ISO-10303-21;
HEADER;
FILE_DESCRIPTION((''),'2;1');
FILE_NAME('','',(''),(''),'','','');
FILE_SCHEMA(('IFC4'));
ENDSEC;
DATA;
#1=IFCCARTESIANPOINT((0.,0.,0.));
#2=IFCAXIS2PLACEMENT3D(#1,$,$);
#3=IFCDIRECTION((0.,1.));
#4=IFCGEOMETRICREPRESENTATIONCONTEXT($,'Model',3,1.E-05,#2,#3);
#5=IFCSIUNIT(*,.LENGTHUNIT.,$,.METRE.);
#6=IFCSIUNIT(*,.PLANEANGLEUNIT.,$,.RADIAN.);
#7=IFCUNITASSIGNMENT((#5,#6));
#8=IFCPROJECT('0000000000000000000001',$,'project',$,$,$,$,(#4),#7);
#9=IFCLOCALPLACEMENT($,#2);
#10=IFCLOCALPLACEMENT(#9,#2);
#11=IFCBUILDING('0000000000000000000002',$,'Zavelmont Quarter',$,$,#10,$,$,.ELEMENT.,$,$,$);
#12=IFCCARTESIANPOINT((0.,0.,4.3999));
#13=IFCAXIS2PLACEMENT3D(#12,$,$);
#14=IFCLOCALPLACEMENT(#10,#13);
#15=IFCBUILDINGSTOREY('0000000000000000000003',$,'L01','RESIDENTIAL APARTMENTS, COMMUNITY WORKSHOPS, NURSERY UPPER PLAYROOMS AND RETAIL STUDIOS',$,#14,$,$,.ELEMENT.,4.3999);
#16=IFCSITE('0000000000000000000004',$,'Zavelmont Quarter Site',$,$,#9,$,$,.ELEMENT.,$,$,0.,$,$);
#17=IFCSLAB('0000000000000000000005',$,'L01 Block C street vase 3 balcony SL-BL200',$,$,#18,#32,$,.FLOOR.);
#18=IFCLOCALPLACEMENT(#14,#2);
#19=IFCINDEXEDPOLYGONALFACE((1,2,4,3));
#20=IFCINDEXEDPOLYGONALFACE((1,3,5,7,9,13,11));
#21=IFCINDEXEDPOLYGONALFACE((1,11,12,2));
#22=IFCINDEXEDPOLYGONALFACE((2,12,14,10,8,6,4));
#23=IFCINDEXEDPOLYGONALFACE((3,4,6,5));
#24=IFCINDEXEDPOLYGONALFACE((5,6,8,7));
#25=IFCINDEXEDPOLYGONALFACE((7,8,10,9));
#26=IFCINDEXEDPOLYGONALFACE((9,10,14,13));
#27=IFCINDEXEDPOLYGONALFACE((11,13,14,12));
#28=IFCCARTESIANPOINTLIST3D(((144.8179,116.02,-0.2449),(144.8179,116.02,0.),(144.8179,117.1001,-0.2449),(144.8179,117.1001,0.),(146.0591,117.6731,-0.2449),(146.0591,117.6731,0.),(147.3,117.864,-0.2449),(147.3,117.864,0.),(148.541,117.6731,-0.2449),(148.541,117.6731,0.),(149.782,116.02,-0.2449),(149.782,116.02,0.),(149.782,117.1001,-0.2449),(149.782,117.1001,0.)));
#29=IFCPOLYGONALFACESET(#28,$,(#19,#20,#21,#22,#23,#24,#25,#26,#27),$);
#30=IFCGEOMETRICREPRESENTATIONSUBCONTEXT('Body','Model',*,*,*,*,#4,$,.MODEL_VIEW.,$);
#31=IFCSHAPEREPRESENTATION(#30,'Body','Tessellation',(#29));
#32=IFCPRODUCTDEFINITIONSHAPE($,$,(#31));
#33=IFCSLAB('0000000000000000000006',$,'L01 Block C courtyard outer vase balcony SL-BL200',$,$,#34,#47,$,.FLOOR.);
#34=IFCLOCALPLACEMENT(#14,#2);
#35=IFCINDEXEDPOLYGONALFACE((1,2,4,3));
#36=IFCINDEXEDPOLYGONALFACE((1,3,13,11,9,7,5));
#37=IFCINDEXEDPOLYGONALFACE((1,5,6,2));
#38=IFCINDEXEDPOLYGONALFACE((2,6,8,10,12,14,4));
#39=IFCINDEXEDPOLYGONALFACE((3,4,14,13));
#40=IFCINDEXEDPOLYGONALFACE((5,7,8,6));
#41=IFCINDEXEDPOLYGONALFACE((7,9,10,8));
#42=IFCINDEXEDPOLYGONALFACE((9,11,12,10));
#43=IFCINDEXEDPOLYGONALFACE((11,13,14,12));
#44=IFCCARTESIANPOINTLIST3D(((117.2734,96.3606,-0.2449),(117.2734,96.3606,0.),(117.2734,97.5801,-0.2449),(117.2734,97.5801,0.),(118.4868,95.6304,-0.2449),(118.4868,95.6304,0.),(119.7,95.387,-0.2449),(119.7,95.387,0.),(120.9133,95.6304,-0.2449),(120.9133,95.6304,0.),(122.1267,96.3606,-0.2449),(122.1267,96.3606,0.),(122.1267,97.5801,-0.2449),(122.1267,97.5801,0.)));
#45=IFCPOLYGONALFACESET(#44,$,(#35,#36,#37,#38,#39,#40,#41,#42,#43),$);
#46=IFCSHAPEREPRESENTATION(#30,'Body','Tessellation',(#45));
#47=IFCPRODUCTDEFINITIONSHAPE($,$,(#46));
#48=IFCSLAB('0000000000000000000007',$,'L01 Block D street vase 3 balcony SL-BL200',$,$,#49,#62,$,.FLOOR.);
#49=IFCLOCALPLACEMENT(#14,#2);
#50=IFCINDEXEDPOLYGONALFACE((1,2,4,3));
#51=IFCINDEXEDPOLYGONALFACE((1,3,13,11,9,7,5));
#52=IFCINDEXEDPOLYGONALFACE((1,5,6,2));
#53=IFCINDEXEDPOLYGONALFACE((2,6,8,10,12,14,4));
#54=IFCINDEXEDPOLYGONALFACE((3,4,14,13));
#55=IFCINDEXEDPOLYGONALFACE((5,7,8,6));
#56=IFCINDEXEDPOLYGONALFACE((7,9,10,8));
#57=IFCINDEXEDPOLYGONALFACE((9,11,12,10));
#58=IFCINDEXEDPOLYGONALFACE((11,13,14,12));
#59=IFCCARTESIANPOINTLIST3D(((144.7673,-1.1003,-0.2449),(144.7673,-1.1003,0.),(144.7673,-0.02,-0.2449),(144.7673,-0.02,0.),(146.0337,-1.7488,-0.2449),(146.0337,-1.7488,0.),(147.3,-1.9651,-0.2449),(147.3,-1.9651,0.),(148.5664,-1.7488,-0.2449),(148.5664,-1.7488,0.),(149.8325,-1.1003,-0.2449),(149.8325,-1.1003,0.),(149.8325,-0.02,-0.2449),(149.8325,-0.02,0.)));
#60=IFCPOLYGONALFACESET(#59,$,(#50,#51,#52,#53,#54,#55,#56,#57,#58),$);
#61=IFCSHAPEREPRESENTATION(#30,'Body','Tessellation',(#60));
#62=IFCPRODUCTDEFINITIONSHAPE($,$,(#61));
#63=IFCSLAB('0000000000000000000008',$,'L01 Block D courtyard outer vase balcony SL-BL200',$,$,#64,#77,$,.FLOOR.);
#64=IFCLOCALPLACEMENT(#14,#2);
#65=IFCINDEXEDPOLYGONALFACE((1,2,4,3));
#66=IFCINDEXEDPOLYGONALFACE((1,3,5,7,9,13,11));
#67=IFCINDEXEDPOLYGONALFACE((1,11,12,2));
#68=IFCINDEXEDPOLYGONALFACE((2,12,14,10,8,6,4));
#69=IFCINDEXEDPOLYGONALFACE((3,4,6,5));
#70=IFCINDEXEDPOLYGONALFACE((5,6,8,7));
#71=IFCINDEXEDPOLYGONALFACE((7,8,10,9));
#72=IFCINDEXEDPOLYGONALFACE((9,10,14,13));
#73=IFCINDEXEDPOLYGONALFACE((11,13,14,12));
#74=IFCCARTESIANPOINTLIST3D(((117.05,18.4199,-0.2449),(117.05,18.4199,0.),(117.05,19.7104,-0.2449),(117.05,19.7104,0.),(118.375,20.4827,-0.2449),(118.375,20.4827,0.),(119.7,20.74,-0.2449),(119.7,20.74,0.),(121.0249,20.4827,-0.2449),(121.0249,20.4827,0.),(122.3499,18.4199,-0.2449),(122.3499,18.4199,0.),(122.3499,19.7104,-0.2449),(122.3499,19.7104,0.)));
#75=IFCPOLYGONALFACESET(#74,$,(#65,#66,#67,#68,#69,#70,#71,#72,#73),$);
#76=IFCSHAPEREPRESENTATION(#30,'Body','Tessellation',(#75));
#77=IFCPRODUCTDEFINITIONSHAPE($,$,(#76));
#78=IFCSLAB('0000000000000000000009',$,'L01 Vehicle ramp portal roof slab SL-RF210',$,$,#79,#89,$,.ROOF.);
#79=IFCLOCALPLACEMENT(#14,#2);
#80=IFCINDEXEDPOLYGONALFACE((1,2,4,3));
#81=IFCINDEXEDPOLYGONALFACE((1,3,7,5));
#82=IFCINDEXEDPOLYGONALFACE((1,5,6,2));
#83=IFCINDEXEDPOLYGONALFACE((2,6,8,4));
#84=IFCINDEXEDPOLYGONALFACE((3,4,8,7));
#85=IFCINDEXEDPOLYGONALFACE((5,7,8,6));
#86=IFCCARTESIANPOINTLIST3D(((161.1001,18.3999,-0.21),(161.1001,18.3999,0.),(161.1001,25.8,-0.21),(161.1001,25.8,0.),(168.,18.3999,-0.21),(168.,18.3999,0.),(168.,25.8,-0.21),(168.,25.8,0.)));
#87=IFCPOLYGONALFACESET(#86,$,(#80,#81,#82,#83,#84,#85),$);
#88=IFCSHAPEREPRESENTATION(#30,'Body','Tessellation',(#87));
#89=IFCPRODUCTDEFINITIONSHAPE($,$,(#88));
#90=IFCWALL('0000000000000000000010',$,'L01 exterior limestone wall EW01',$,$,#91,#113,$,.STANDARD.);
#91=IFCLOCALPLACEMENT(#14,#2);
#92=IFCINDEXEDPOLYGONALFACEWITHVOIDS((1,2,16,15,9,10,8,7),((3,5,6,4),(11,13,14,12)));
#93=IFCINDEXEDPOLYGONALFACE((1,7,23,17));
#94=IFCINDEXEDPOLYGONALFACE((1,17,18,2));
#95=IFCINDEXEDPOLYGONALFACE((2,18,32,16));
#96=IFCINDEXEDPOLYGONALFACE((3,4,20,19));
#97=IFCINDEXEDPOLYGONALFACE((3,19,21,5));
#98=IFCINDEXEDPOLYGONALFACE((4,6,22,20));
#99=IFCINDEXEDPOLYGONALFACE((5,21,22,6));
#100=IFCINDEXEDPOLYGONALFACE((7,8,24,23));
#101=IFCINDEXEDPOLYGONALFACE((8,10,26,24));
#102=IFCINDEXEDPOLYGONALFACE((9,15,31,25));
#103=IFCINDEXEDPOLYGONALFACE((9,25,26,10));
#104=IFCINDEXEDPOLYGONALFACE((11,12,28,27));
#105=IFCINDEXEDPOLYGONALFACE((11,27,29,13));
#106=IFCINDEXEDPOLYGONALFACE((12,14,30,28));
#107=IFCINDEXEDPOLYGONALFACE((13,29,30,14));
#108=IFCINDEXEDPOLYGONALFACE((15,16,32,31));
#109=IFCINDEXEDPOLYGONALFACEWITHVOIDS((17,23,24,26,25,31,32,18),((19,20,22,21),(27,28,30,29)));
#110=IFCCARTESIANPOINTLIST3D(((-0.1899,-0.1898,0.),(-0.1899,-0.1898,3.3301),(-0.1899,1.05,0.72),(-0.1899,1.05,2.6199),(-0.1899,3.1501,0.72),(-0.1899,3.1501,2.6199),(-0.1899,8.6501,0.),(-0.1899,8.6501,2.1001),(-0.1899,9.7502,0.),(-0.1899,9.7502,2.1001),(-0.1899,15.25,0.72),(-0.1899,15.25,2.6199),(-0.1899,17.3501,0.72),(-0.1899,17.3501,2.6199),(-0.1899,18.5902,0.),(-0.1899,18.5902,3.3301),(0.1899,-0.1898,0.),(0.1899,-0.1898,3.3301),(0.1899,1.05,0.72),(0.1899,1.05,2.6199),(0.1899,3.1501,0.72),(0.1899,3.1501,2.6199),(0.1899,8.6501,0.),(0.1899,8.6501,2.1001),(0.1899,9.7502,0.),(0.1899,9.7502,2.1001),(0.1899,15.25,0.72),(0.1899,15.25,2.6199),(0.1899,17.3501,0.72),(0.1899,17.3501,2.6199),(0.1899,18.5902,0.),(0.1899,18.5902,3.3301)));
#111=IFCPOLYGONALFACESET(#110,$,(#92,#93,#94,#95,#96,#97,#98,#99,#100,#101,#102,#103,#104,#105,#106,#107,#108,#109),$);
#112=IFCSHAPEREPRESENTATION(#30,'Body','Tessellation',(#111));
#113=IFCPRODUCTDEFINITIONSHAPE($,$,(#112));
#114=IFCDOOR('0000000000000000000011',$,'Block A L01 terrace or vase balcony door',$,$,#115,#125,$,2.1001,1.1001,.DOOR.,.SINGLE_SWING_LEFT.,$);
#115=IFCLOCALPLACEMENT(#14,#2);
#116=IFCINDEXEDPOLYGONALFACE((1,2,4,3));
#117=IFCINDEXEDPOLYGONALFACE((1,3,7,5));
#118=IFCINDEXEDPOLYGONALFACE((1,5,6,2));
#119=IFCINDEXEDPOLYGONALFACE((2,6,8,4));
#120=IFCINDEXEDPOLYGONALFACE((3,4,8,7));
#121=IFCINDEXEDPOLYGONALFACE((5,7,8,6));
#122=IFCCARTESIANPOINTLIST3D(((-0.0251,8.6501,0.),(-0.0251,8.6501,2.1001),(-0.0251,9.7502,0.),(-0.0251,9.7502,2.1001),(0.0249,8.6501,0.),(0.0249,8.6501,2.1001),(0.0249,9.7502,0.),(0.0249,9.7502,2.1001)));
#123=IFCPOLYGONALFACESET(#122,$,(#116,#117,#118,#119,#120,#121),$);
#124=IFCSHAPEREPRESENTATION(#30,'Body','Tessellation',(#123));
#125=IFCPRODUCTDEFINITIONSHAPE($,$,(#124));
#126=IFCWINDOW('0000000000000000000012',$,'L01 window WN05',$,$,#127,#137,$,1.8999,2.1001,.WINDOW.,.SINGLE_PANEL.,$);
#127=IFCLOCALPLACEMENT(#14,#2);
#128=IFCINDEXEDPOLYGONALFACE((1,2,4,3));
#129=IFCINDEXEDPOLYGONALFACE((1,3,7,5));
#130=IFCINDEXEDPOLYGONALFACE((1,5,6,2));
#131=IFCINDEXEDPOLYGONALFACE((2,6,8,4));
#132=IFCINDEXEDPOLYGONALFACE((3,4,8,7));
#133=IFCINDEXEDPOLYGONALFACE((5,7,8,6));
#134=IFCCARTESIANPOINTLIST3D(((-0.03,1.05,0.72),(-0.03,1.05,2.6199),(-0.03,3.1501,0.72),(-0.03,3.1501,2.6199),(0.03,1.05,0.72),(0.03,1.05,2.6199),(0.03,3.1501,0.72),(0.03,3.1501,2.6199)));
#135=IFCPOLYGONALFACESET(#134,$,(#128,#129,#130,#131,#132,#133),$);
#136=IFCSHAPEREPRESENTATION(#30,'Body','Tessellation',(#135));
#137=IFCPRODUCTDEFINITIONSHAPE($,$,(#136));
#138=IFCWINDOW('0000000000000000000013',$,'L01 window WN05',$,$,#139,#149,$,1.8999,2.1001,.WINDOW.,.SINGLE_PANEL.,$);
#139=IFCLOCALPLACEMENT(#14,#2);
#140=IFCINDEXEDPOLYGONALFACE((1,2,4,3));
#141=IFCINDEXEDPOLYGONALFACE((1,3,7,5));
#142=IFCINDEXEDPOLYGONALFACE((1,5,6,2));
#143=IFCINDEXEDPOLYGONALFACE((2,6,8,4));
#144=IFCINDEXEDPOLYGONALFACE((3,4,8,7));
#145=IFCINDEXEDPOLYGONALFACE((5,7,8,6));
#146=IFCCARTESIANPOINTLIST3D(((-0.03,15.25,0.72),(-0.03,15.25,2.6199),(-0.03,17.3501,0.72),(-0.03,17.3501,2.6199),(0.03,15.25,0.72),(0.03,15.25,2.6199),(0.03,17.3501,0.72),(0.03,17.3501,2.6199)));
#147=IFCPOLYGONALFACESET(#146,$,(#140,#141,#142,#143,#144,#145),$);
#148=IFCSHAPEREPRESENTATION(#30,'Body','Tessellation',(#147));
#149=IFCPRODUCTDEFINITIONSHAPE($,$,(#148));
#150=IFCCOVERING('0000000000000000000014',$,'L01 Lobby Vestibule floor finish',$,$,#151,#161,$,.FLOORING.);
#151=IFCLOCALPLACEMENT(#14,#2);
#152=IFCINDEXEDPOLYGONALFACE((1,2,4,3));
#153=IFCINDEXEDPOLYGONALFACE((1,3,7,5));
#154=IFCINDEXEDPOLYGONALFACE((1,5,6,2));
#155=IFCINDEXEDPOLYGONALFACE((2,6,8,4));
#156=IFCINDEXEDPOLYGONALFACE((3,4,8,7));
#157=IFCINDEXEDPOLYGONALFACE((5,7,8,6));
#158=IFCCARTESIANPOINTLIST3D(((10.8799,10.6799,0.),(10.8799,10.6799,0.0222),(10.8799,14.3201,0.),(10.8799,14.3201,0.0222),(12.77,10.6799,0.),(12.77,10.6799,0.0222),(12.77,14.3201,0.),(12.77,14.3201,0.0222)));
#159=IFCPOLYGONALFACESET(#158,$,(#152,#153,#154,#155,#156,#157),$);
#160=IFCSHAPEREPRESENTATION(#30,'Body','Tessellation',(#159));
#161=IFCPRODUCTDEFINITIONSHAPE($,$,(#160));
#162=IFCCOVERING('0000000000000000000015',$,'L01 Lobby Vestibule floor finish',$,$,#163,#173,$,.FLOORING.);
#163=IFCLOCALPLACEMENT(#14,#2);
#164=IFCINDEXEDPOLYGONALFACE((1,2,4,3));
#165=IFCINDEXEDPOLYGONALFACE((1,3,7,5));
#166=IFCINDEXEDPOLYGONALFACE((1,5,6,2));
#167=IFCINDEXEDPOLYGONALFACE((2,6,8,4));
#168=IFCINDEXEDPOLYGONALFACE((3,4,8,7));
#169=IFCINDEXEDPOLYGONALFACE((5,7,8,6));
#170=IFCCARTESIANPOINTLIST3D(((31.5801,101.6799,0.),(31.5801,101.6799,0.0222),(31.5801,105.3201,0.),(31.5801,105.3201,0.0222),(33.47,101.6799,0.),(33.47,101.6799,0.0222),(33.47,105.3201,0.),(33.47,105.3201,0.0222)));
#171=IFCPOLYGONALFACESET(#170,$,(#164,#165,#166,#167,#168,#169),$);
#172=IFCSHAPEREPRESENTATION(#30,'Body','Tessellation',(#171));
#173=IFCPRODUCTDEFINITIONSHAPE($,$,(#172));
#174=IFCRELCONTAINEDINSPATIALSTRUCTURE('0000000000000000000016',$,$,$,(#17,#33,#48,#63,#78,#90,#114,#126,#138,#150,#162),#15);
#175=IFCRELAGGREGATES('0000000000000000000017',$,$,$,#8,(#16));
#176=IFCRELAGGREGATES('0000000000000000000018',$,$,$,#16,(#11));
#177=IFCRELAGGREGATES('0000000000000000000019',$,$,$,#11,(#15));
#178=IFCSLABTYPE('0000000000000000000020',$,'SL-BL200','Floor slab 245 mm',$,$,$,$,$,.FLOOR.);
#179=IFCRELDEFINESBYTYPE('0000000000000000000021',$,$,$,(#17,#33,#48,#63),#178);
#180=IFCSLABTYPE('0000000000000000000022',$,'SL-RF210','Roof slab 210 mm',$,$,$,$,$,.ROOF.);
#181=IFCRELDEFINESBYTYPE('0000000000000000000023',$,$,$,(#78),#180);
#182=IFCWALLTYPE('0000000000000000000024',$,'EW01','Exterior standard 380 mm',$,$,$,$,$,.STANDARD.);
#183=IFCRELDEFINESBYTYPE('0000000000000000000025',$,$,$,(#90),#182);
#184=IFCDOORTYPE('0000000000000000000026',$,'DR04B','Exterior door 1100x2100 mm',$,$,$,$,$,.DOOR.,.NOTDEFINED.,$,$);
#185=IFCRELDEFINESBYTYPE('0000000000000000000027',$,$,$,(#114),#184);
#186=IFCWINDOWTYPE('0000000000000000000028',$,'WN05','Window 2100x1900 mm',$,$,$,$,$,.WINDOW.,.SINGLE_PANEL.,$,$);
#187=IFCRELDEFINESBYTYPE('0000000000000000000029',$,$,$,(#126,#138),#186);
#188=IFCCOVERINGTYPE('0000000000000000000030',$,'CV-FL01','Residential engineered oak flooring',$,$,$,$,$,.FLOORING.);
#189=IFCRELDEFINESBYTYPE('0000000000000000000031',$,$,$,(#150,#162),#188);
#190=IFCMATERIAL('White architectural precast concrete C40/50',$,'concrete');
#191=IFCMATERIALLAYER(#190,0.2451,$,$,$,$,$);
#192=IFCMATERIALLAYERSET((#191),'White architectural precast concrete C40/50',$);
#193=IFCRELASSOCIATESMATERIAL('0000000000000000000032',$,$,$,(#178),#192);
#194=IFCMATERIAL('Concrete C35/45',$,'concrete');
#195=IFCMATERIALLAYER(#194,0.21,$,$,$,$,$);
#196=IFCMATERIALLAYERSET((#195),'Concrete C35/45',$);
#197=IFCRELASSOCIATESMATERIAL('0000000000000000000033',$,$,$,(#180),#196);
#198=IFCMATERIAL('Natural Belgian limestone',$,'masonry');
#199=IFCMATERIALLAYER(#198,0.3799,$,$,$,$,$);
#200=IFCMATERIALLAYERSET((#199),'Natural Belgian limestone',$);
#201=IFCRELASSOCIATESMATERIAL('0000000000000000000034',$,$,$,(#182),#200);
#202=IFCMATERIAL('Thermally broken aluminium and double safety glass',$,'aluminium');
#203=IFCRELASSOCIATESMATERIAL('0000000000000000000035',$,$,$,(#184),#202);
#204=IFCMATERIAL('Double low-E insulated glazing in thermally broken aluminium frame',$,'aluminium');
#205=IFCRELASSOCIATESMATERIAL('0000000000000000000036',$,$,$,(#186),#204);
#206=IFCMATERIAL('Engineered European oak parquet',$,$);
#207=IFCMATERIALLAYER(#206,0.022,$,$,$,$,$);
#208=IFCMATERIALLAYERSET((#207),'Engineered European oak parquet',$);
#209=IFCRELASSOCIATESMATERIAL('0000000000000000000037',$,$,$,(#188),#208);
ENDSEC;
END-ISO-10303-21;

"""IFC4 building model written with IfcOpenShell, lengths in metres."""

from ifc_helpers import new_model, si_unit, direction, frame, frame_2d, origin, origin_with_axes, place, context, subcontext, project, spatial, polyline, rectangle, outline, extrude, material, layer, layer_set, type_object, element, fill, save


model = new_model("IFC4")

# Units and contexts
model_context = context("Model", 3, precision=1e-05, world=origin(), true_north=direction((0.0, 1.0)))
body_context = subcontext(model_context, "Body", "Model", "MODEL_VIEW")
ifc_project = project(units=[si_unit("LENGTHUNIT", "METRE"), si_unit("PLANEANGLEUNIT", "RADIAN")], contexts=[model_context])

# Site, building, storey
site_placement = place(None, origin())
site = spatial("IfcSite", under=ifc_project, at=site_placement, Name="Zavelmont Quarter Site", CompositionType="ELEMENT", RefElevation=0.0)
building_placement = place(site_placement, origin())
building = spatial("IfcBuilding", under=site, at=building_placement, Name="Zavelmont Quarter", CompositionType="ELEMENT")
storey_placement = place(building_placement, frame((0.0, 0.0, 4.3999)))
storey = spatial("IfcBuildingStorey", under=building, at=storey_placement, Name="L01", Description="RESIDENTIAL APARTMENTS, COMMUNITY WORKSHOPS, NURSERY UPPER PLAYROOMS AND RETAIL STUDIOS", CompositionType="ELEMENT", Elevation=4.3999)

# Slabs
ifc_material_1 = material(Name="White architectural precast concrete C40/50", Category="concrete")
ifc_layer_1 = layer(ifc_material_1, 0.2451)
ifc_layer_set_1 = layer_set([ifc_layer_1], Name="White architectural precast concrete C40/50")
slab_type_1 = type_object("IfcSlabType", Name="SL-BL200", Description="Floor slab 245 mm", PredefinedType="FLOOR", material=ifc_layer_set_1)
slab_1_placement = place(storey_placement, frame((0.0, 0.0, -0.2449)))
element("IfcSlab", 1, at=slab_1_placement, inside=storey, type_object=slab_type_1, Name="L01 Block C street vase 3 balcony SL-BL200", PredefinedType="FLOOR", context=body_context, shape_type="SweptSolid", body=[
    extrude(outline(polyline([(149.782, 116.02), (149.782, 117.1001), (148.541, 117.6731), (147.3, 117.864), (146.0591, 117.6731), (144.8179, 117.1001), (144.8179, 116.02), (149.782, 116.02)])), origin(), (0.0, 0.0, 1.0), 0.2449),
])
slab_2_placement = place(storey_placement, frame((0.0, 0.0, -0.2449)))
element("IfcSlab", 2, at=slab_2_placement, inside=storey, type_object=slab_type_1, Name="L01 Block C courtyard outer vase balcony SL-BL200", PredefinedType="FLOOR", context=body_context, shape_type="SweptSolid", body=[
    extrude(outline(polyline([(117.2734, 97.5801), (117.2734, 96.3606), (118.4868, 95.6304), (119.7, 95.387), (120.9133, 95.6304), (122.1267, 96.3606), (122.1267, 97.5801), (117.2734, 97.5801)])), origin(), (0.0, 0.0, 1.0), 0.2449),
])
slab_3_placement = place(storey_placement, frame((0.0, 0.0, -0.2449)))
element("IfcSlab", 3, at=slab_3_placement, inside=storey, type_object=slab_type_1, Name="L01 Block D street vase 3 balcony SL-BL200", PredefinedType="FLOOR", context=body_context, shape_type="SweptSolid", body=[
    extrude(outline(polyline([(144.7673, -0.02), (144.7673, -1.1003), (146.0337, -1.7488), (147.3, -1.9651), (148.5664, -1.7488), (149.8325, -1.1003), (149.8325, -0.02), (144.7673, -0.02)])), origin(), (0.0, 0.0, 1.0), 0.2449),
])
slab_4_placement = place(storey_placement, frame((0.0, 0.0, -0.2449)))
element("IfcSlab", 4, at=slab_4_placement, inside=storey, type_object=slab_type_1, Name="L01 Block D courtyard outer vase balcony SL-BL200", PredefinedType="FLOOR", context=body_context, shape_type="SweptSolid", body=[
    extrude(outline(polyline([(122.3499, 18.4199), (122.3499, 19.7104), (121.0249, 20.4827), (119.7, 20.74), (118.375, 20.4827), (117.05, 19.7104), (117.05, 18.4199), (122.3499, 18.4199)])), origin(), (0.0, 0.0, 1.0), 0.2449),
])
ifc_material_2 = material(Name="Concrete C35/45", Category="concrete")
ifc_layer_2 = layer(ifc_material_2, 0.21)
ifc_layer_set_2 = layer_set([ifc_layer_2], Name="Concrete C35/45")
slab_type_2 = type_object("IfcSlabType", Name="SL-RF210", Description="Roof slab 210 mm", PredefinedType="ROOF", material=ifc_layer_set_2)
slab_5_placement = place(storey_placement, frame((0.0, 0.0, -0.21)))
element("IfcSlab", 5, at=slab_5_placement, inside=storey, type_object=slab_type_2, Name="L01 Vehicle ramp portal roof slab SL-RF210", PredefinedType="ROOF", context=body_context, shape_type="SweptSolid", body=[
    extrude(outline(polyline([(161.1001, 18.3999), (168.0, 18.3999), (168.0, 25.8), (161.1001, 25.8), (161.1001, 18.3999)])), origin(), (0.0, 0.0, 1.0), 0.21),
])

# Wall, openings, door, windows
ifc_material_3 = material(Name="Natural Belgian limestone", Category="masonry")
ifc_layer_3 = layer(ifc_material_3, 0.3799)
ifc_layer_set_3 = layer_set([ifc_layer_3], Name="Natural Belgian limestone")
wall_type = type_object("IfcWallType", Name="EW01", Description="Exterior standard 380 mm", PredefinedType="STANDARD", material=ifc_layer_set_3)
wall_placement = place(storey_placement, frame((0.0, -0.1899, 0.0), z_axis=(0.0, 0.0, 1.0), x_axis=(0.0, 1.0, 0.0)))
wall = element("IfcWall", 6, at=wall_placement, inside=storey, type_object=wall_type, Name="L01 exterior limestone wall EW01", PredefinedType="STANDARD", context=body_context, shape_type="SweptSolid", body=[
    extrude(rectangle(XDim=18.78, YDim=0.3799, at=frame_2d((9.3901, 0.0))), origin(), (0.0, 0.0, 1.0), 3.3301),
])
opening_1_placement = place(wall_placement, frame((8.8401, 0.0, 0.0)))
opening_1 = element("IfcOpeningElement", 7, at=opening_1_placement, cuts=wall, PredefinedType="OPENING", context=body_context, shape_type="SweptSolid", body=[
    extrude(rectangle(XDim=1.1001, YDim=2.1001, at=frame_2d((0.55, 1.05))), frame((0.0, 0.2019, 0.0), z_axis=(0.0, -1.0, 0.0), x_axis=(1.0, 0.0, 0.0)), (0.0, 0.0, 1.0), 0.4038),
])
opening_2_placement = place(wall_placement, frame((1.24, 0.0, 0.72)))
opening_2 = element("IfcOpeningElement", 8, at=opening_2_placement, cuts=wall, PredefinedType="OPENING", context=body_context, shape_type="SweptSolid", body=[
    extrude(rectangle(XDim=2.1001, YDim=1.8999, at=frame_2d((1.05, 0.95))), frame((0.0, 0.2019, 0.0), z_axis=(0.0, -1.0, 0.0), x_axis=(1.0, 0.0, 0.0)), (0.0, 0.0, 1.0), 0.4038),
])
opening_3_placement = place(wall_placement, frame((15.4399, 0.0, 0.72)))
opening_3 = element("IfcOpeningElement", 9, at=opening_3_placement, cuts=wall, PredefinedType="OPENING", context=body_context, shape_type="SweptSolid", body=[
    extrude(rectangle(XDim=2.1001, YDim=1.8999, at=frame_2d((1.05, 0.95))), frame((0.0, 0.2019, 0.0), z_axis=(0.0, -1.0, 0.0), x_axis=(1.0, 0.0, 0.0)), (0.0, 0.0, 1.0), 0.4038),
])
ifc_material_4 = material(Name="Thermally broken aluminium and double safety glass", Category="aluminium")
door_type = type_object("IfcDoorType", Name="DR04B", Description="Exterior door 1100x2100 mm", OperationType="NOTDEFINED", PredefinedType="DOOR", material=ifc_material_4)
door_placement = place(opening_1_placement, frame((1.1001, 0.0, 0.0), z_axis=(0.0, 0.0, 1.0), x_axis=(-1.0, 0.0, 0.0)))
door = element("IfcDoor", 10, at=door_placement, inside=storey, type_object=door_type, Name="Block A L01 terrace or vase balcony door", OperationType="SINGLE_SWING_LEFT", OverallHeight=2.1001, OverallWidth=1.1001, PredefinedType="DOOR", context=body_context, shape_type="SweptSolid", body=[
    extrude(rectangle(XDim=1.1001, YDim=2.1001, at=frame_2d((0.55, 1.05))), frame((0.0, 0.0249, 0.0), z_axis=(0.0, -1.0, 0.0), x_axis=(1.0, 0.0, 0.0)), (0.0, 0.0, 1.0), 0.05),
])
fill(opening_1, door)
ifc_material_5 = material(Name="Double low-E insulated glazing in thermally broken aluminium frame", Category="aluminium")
window_type = type_object("IfcWindowType", Name="WN05", Description="Window 2100x1900 mm", PartitioningType="SINGLE_PANEL", PredefinedType="WINDOW", material=ifc_material_5)
window_1_placement = place(opening_2_placement, origin_with_axes())
window_1 = element("IfcWindow", 11, at=window_1_placement, inside=storey, type_object=window_type, Name="L01 window WN05", OverallHeight=1.8999, OverallWidth=2.1001, PartitioningType="SINGLE_PANEL", PredefinedType="WINDOW", context=body_context, shape_type="SweptSolid", body=[
    extrude(rectangle(XDim=2.1001, YDim=1.8999, at=frame_2d((1.05, 0.95))), frame((0.0, 0.03, 0.0), z_axis=(0.0, -1.0, 0.0), x_axis=(1.0, 0.0, 0.0)), (0.0, 0.0, 1.0), 0.0601),
])
fill(opening_2, window_1)
window_2_placement = place(opening_3_placement, origin_with_axes())
window_2 = element("IfcWindow", 12, at=window_2_placement, inside=storey, type_object=window_type, Name="L01 window WN05", OverallHeight=1.8999, OverallWidth=2.1001, PartitioningType="SINGLE_PANEL", PredefinedType="WINDOW", context=body_context, shape_type="SweptSolid", body=[
    extrude(rectangle(XDim=2.1001, YDim=1.8999, at=frame_2d((1.05, 0.95))), frame((0.0, 0.03, 0.0), z_axis=(0.0, -1.0, 0.0), x_axis=(1.0, 0.0, 0.0)), (0.0, 0.0, 1.0), 0.0601),
])
fill(opening_3, window_2)

# Coverings
ifc_material_6 = material(Name="Engineered European oak parquet")
ifc_layer_4 = layer(ifc_material_6, 0.022)
ifc_layer_set_4 = layer_set([ifc_layer_4], Name="Engineered European oak parquet")
covering_type_1 = type_object("IfcCoveringType", Name="CV-FL01", Description="Residential engineered oak flooring", PredefinedType="FLOORING", material=ifc_layer_set_4)
covering_1_placement = place(storey_placement, origin())
element("IfcCovering", 13, at=covering_1_placement, inside=storey, type_object=covering_type_1, Name="L01 Lobby Vestibule floor finish", PredefinedType="FLOORING", context=body_context, shape_type="SweptSolid", body=[
    extrude(outline(polyline([(10.8799, 14.3201), (12.77, 14.3201), (12.77, 10.6799), (10.8799, 10.6799), (10.8799, 14.3201)])), origin(), (0.0, 0.0, 1.0), 0.0222),
])
covering_2_placement = place(storey_placement, origin())
element("IfcCovering", 14, at=covering_2_placement, inside=storey, type_object=covering_type_1, Name="L01 Lobby Vestibule floor finish", PredefinedType="FLOORING", context=body_context, shape_type="SweptSolid", body=[
    extrude(outline(polyline([(31.5801, 105.3201), (33.47, 105.3201), (33.47, 101.6799), (31.5801, 101.6799), (31.5801, 105.3201)])), origin(), (0.0, 0.0, 1.0), 0.0222),
])

save(model, "model.ifc")
